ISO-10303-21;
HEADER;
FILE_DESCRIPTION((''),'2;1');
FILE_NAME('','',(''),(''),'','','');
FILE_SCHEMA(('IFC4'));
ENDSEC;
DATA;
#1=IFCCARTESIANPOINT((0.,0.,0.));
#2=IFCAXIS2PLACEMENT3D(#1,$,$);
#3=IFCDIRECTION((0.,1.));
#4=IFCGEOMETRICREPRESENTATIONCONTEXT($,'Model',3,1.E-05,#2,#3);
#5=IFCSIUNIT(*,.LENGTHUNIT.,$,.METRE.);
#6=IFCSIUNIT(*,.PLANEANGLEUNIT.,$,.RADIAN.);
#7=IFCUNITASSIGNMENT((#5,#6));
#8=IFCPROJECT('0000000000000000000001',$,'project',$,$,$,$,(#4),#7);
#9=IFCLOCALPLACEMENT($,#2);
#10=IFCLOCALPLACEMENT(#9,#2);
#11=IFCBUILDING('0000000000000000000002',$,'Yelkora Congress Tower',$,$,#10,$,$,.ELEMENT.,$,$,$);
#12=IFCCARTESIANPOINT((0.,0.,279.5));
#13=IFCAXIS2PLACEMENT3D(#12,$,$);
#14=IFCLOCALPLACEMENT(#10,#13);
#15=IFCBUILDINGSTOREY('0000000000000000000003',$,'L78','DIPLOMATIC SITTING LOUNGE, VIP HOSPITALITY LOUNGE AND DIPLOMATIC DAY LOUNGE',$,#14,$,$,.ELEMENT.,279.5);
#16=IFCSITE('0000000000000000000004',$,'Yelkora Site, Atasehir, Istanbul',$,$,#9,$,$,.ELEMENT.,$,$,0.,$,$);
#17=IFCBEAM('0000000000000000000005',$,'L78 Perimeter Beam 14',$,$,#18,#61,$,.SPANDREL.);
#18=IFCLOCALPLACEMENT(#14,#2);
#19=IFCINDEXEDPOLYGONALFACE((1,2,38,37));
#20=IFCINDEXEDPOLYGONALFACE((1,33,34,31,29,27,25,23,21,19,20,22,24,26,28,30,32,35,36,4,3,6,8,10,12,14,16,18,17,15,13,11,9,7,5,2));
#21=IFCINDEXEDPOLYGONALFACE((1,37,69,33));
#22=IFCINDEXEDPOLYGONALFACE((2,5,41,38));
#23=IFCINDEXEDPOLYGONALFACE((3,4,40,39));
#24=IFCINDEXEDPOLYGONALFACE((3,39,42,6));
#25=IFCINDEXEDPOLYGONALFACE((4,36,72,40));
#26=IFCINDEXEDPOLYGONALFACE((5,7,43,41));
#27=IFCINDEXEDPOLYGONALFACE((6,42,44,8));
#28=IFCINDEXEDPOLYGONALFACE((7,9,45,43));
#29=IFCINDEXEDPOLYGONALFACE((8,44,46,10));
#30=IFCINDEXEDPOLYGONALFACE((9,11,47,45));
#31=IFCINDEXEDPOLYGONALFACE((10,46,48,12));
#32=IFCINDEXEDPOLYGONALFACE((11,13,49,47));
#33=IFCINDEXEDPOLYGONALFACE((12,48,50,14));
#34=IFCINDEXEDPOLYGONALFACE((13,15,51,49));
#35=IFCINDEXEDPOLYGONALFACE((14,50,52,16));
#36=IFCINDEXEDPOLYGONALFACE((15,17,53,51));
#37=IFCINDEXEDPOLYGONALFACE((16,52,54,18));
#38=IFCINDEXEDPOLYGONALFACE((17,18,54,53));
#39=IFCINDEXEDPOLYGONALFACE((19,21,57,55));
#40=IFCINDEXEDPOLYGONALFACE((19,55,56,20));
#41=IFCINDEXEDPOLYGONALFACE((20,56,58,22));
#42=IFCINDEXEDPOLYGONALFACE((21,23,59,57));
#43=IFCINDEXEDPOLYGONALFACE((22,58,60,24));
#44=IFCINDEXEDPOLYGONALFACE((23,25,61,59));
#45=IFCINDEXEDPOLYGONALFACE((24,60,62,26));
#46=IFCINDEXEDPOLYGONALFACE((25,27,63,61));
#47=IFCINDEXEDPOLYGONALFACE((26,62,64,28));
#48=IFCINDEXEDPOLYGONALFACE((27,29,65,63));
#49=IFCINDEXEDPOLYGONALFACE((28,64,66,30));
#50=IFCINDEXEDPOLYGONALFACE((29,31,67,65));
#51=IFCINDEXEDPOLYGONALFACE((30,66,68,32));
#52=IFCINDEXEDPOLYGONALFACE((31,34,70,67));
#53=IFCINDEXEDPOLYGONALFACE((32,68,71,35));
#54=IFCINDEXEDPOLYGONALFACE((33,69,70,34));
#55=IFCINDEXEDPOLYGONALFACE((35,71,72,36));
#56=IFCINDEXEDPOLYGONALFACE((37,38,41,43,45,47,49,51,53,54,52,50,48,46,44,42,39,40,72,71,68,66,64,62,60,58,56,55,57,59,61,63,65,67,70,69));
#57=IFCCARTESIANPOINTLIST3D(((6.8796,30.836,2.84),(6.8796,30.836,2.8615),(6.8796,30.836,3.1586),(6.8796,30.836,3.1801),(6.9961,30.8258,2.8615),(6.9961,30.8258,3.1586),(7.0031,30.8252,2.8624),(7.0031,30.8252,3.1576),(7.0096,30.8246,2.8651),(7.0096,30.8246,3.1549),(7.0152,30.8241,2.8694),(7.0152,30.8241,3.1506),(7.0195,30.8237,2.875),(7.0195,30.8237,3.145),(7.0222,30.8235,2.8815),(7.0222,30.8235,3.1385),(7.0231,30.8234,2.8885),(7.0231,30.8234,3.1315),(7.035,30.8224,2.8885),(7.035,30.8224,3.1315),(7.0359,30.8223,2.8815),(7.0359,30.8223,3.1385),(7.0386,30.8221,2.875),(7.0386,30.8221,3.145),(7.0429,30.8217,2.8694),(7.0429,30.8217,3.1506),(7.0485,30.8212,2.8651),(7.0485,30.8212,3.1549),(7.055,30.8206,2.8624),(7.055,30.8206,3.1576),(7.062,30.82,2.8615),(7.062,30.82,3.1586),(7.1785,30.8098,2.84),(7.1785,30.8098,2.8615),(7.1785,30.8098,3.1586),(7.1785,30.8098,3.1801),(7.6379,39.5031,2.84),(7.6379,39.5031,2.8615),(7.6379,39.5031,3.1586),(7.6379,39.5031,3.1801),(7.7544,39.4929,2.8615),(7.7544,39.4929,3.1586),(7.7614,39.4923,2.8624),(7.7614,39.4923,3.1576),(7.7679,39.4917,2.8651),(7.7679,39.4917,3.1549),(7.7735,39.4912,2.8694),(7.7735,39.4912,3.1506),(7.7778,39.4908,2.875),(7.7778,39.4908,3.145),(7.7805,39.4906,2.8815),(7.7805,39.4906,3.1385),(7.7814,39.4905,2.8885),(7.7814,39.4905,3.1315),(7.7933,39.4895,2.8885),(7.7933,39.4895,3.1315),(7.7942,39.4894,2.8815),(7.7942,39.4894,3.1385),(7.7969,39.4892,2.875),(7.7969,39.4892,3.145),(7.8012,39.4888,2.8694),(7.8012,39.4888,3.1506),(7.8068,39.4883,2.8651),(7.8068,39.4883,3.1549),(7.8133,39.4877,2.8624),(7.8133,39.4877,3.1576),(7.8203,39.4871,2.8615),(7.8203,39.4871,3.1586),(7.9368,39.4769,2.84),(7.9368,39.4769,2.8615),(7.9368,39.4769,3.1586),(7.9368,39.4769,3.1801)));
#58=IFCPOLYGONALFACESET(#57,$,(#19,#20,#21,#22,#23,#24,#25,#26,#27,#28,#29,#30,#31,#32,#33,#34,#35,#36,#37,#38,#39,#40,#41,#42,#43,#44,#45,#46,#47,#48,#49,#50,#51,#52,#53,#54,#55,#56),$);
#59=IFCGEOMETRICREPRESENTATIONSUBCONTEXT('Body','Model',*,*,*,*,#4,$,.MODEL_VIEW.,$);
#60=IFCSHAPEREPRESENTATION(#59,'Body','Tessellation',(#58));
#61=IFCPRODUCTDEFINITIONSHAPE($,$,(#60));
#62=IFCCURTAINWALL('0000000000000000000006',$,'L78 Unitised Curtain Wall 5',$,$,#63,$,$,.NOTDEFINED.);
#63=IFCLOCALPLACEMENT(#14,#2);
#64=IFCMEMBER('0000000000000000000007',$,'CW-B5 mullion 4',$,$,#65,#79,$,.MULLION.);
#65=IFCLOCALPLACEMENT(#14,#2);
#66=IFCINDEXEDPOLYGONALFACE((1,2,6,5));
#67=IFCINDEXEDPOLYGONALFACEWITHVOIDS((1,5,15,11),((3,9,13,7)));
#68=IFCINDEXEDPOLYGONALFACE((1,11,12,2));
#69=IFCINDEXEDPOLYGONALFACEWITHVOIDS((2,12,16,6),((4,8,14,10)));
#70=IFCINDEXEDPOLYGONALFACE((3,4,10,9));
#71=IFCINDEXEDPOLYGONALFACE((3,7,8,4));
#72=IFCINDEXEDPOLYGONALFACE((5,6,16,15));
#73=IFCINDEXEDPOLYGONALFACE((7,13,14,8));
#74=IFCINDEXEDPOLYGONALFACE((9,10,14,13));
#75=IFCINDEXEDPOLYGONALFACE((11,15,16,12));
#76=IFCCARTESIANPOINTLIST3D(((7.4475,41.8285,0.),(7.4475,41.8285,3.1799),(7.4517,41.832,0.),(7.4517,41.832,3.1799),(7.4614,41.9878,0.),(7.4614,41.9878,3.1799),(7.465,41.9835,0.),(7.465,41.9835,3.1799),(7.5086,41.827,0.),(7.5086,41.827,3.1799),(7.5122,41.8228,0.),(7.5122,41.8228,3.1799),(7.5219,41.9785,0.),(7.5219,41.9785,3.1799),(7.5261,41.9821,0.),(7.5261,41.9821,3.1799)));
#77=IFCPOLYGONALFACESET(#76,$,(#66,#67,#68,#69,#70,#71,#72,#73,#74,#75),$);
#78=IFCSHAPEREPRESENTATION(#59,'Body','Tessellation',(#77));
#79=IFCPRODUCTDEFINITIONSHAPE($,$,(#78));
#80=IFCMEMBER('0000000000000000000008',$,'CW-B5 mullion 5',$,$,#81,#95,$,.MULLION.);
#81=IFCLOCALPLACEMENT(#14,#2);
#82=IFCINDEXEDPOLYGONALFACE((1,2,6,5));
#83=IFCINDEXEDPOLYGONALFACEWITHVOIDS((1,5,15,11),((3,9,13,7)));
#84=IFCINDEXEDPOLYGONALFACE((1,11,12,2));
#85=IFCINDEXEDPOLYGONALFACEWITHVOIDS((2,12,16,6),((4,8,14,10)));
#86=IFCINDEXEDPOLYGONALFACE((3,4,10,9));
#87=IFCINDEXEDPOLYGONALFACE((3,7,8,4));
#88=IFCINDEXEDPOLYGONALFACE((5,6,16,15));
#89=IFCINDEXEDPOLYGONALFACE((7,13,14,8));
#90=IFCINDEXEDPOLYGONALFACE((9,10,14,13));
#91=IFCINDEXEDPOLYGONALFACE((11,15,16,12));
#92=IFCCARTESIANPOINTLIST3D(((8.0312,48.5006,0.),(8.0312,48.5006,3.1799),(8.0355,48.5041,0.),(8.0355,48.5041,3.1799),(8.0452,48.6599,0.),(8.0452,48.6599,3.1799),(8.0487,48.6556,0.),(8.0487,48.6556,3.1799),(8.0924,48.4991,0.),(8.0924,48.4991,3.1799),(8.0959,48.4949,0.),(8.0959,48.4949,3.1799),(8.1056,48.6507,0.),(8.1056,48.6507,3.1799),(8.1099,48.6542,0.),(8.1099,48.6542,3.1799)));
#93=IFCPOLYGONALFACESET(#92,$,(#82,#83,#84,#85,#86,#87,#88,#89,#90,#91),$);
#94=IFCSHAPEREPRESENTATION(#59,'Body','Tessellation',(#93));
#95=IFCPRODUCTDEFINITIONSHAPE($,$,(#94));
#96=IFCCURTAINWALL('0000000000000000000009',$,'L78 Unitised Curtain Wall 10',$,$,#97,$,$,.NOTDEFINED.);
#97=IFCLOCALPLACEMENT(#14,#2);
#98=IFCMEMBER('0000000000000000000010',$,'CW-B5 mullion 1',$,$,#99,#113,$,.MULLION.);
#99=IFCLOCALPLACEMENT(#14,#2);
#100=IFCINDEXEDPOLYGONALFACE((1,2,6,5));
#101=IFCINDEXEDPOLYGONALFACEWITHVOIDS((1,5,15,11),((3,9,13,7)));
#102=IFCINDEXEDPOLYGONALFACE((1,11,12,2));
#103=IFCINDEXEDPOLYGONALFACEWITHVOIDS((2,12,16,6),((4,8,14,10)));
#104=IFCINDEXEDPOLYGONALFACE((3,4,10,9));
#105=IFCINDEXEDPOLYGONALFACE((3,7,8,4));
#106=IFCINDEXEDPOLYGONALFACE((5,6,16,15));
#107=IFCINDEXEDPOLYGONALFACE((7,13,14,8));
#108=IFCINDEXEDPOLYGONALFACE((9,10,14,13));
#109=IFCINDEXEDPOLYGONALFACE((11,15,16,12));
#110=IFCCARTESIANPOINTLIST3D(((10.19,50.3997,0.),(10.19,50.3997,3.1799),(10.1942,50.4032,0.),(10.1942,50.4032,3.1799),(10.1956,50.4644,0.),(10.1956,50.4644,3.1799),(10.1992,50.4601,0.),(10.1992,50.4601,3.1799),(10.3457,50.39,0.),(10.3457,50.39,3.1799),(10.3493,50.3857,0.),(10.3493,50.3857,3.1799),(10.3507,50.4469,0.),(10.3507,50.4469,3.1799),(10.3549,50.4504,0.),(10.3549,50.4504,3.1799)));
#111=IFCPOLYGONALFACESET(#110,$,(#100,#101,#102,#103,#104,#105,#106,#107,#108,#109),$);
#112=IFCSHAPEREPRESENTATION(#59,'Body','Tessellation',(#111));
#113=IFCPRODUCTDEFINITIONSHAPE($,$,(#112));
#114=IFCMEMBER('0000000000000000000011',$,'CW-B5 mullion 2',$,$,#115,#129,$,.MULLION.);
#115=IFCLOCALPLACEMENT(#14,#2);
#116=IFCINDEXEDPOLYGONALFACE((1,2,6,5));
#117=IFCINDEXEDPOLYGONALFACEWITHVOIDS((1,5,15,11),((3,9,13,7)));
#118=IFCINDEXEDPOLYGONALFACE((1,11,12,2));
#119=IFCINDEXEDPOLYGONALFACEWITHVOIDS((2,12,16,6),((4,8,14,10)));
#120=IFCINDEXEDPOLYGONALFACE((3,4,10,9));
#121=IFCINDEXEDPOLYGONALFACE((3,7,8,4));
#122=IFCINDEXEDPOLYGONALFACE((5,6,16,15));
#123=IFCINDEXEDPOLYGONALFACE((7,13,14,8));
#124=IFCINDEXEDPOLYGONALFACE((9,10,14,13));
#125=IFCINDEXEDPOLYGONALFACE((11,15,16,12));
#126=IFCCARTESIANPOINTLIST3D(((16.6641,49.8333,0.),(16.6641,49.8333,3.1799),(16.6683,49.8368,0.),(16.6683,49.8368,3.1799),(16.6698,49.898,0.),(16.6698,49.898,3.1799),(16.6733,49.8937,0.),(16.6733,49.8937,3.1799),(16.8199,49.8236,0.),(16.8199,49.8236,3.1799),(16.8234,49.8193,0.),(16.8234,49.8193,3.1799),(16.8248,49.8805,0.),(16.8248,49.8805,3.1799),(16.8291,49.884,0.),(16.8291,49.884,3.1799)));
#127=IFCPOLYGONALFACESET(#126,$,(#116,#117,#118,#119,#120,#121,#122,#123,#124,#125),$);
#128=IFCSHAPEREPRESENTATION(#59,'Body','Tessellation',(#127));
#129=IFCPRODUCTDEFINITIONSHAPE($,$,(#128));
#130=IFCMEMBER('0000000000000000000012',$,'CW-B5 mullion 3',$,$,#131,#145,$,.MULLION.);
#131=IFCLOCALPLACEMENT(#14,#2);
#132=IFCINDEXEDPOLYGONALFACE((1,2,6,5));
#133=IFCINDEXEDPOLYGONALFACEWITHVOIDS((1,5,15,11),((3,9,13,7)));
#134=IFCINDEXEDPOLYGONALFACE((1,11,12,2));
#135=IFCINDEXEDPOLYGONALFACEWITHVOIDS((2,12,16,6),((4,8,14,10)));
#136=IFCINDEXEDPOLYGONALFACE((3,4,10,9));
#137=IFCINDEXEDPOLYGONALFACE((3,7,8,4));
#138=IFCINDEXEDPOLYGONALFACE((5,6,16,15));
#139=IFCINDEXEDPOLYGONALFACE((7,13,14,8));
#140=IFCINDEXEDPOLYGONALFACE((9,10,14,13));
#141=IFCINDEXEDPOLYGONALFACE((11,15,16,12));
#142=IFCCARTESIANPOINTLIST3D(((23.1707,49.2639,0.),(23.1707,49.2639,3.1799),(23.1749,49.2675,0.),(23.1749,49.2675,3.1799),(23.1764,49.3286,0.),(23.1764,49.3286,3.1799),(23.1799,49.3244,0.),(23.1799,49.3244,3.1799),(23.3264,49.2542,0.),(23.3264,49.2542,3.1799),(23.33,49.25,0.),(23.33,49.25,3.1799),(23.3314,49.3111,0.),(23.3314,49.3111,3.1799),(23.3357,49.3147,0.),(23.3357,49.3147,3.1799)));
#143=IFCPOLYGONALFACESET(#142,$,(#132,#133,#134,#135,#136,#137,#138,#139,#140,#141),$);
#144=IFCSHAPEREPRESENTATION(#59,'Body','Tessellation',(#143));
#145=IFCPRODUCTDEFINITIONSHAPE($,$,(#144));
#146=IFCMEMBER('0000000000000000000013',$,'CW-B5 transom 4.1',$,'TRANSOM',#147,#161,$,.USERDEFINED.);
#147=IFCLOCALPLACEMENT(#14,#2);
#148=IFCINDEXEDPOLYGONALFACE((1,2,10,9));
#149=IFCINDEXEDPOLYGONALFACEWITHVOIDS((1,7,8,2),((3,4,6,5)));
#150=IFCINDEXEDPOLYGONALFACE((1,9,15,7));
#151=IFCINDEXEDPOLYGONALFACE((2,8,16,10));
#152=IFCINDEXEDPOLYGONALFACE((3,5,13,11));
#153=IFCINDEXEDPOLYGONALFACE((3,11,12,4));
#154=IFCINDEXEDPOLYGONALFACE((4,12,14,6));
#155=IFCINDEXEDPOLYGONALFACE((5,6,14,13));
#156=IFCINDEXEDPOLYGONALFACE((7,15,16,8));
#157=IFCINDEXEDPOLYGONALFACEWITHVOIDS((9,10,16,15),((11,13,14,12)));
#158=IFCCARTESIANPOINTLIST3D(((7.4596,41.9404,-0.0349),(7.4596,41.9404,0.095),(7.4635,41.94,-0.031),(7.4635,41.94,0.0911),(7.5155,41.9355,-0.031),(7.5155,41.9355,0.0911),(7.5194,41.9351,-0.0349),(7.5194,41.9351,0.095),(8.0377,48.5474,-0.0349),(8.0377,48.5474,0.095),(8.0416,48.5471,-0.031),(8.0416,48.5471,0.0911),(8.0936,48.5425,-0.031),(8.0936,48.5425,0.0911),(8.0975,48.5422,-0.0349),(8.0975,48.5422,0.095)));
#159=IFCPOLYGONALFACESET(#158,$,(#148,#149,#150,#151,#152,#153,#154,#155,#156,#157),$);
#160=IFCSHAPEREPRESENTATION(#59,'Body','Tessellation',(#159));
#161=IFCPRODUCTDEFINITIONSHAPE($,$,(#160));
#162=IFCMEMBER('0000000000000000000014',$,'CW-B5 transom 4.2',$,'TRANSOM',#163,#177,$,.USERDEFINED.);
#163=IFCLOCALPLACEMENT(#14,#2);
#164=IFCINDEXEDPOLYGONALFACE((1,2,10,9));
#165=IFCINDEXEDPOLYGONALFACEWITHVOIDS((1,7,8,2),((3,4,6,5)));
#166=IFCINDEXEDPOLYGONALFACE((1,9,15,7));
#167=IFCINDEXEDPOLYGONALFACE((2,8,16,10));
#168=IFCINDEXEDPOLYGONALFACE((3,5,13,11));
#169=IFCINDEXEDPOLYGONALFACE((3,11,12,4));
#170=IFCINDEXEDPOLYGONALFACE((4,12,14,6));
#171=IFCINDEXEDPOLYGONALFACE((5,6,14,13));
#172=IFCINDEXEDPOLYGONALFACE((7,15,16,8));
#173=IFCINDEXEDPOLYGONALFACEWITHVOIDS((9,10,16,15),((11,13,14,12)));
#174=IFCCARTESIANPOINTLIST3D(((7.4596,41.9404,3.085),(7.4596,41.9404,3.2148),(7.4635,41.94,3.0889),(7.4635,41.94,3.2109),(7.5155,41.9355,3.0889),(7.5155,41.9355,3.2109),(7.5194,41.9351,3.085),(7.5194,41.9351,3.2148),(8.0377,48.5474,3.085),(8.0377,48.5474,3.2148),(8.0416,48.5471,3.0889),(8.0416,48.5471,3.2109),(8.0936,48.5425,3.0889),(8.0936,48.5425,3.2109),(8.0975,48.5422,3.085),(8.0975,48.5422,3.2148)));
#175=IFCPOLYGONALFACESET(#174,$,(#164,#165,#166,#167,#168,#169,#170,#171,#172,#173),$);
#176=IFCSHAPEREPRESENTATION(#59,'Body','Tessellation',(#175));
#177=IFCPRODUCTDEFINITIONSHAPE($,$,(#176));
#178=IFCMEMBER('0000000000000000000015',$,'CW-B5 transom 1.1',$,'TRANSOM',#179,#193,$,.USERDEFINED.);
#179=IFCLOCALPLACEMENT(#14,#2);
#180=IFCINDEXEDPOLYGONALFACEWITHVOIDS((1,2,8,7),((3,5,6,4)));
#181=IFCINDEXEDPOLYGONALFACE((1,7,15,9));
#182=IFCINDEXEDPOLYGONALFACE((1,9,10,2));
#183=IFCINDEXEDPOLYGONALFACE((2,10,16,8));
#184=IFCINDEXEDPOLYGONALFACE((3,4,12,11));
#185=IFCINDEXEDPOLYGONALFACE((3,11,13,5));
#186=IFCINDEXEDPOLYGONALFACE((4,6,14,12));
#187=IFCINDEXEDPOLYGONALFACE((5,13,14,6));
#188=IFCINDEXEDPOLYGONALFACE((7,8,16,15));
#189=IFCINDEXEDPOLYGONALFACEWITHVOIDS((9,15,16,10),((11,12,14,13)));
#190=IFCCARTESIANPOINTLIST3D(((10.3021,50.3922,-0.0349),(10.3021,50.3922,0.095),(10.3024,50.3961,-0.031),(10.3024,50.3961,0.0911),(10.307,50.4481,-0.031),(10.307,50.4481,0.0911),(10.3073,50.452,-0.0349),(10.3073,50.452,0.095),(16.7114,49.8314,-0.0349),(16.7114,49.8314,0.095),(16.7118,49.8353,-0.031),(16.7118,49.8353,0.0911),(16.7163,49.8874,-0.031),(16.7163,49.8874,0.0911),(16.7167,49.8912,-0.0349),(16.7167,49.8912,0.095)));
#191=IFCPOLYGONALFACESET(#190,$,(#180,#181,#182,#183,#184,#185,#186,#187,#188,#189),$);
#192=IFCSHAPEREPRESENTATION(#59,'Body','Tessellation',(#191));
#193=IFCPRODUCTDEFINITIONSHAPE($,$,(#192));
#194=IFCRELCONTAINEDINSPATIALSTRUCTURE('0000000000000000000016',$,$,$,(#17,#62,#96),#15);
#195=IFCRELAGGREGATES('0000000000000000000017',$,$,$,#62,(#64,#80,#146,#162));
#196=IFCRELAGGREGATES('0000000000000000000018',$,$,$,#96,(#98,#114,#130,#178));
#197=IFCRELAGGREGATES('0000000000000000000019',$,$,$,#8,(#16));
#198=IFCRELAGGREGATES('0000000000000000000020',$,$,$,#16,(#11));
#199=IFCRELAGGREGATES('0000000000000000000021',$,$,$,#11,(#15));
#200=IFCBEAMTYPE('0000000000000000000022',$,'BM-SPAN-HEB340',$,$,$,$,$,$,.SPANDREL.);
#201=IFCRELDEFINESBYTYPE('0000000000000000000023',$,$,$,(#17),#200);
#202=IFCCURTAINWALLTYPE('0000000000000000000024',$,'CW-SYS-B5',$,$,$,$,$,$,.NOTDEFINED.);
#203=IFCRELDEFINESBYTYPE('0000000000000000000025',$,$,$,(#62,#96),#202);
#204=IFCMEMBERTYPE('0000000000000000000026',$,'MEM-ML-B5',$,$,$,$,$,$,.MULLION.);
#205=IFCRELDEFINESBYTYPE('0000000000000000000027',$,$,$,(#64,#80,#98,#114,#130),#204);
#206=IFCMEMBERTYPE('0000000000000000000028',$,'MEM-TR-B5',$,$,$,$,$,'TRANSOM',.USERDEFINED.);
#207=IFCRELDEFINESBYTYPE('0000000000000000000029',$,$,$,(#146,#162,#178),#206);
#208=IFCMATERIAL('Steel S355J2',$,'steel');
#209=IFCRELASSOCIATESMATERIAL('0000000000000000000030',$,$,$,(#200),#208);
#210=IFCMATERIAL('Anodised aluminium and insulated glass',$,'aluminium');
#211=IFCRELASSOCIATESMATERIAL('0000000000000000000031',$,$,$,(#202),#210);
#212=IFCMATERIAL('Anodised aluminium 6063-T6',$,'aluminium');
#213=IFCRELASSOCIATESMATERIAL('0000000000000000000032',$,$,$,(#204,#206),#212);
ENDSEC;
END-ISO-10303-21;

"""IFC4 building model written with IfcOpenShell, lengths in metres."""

from ifc_helpers import new_model, si_unit, direction, frame, origin, origin_2d, place, context, subcontext, project, spatial, hollow_rectangle, i_section, extrude, material, material_profile, profile_set, type_object, element, aggregate, save


model = new_model("IFC4")

# Units and contexts
model_context = context("Model", 3, precision=1e-05, world=origin(), true_north=direction((0.0, 1.0)))
body_context = subcontext(model_context, "Body", "Model", "MODEL_VIEW")
ifc_project = project(units=[si_unit("LENGTHUNIT", "METRE"), si_unit("PLANEANGLEUNIT", "RADIAN")], contexts=[model_context])

# Site, building, storey
site_placement = place(None, origin())
site = spatial("IfcSite", under=ifc_project, at=site_placement, Name="Yelkora Site, Atasehir, Istanbul", CompositionType="ELEMENT", RefElevation=0.0)
building_placement = place(site_placement, origin())
building = spatial("IfcBuilding", under=site, at=building_placement, Name="Yelkora Congress Tower", CompositionType="ELEMENT")
storey_placement = place(building_placement, frame((0.0, 0.0, 279.5)))
storey = spatial("IfcBuildingStorey", under=building, at=storey_placement, Name="L78", Description="DIPLOMATIC SITTING LOUNGE, VIP HOSPITALITY LOUNGE AND DIPLOMATIC DAY LOUNGE", CompositionType="ELEMENT", Elevation=279.5)

# Shared definitions
ifc_material_1 = material(Name="Steel S355J2", Category="steel")

# Beam
ifc_material_profile_1 = material_profile(ifc_material_1, i_section(OverallWidth=0.3, OverallDepth=0.3401, WebThickness=0.012, FlangeThickness=0.0215, FilletRadius=0.0271, at=origin_2d()), Name="HEB 340")
ifc_profile_set_1 = profile_set([ifc_material_profile_1], Name="Steel S355J2")
beam_type_1 = type_object("IfcBeamType", Name="BM-SPAN-HEB340", PredefinedType="SPANDREL", material=ifc_profile_set_1)
beam_1_placement = place(storey_placement, frame((7.7874, 39.49, 3.01), z_axis=(-0.08716, -0.996194, 0.0), x_axis=(0.996194, -0.08716, 0.0)))
element("IfcBeam", 1, at=beam_1_placement, inside=storey, type_object=beam_type_1, Name="L78 Perimeter Beam 14", PredefinedType="SPANDREL", context=body_context, shape_type="SweptSolid", body=[
    extrude(i_section(OverallWidth=0.3, OverallDepth=0.3401, WebThickness=0.012, FlangeThickness=0.0215, FilletRadius=0.0271, at=origin_2d()), origin(), (0.0, 0.0, 1.0), 8.7002),
])

# Curtain walls, members
ifc_material_2 = material(Name="Anodised aluminium and insulated glass", Category="aluminium")
curtain_wall_type = type_object("IfcCurtainWallType", Name="CW-SYS-B5", PredefinedType="NOTDEFINED", material=ifc_material_2)
curtain_wall_1_placement = place(storey_placement, origin())
curtain_wall_1 = element("IfcCurtainWall", 2, at=curtain_wall_1_placement, inside=storey, type_object=curtain_wall_type, Name="L78 Unitised Curtain Wall 5", PredefinedType="NOTDEFINED")
ifc_material_3 = material(Name="Anodised aluminium 6063-T6", Category="aluminium")
ifc_material_profile_2 = material_profile(ifc_material_3, hollow_rectangle(XDim=0.0649, YDim=0.1599, WallThickness=0.0039, at=origin_2d()), Name="ALU 65x160x4")
ifc_profile_set_2 = profile_set([ifc_material_profile_2], Name="Anodised aluminium 6063-T6")
member_type_1 = type_object("IfcMemberType", Name="MEM-ML-B5", PredefinedType="MULLION", material=ifc_profile_set_2)
member_1_placement = place(storey_placement, frame((7.4868, 41.9053, 0.0), z_axis=(0.0, 0.0, 1.0), x_axis=(-0.996195, 0.087155, 0.0)))
member_1 = element("IfcMember", 3, at=member_1_placement, type_object=member_type_1, Name="CW-B5 mullion 4", PredefinedType="MULLION", context=body_context, shape_type="SweptSolid", body=[
    extrude(hollow_rectangle(XDim=0.0649, YDim=0.1599, WallThickness=0.0039, at=origin_2d()), origin(), (0.0, 0.0, 1.0), 3.1799),
])
member_2_placement = place(storey_placement, frame((8.0706, 48.5774, 0.0), z_axis=(0.0, 0.0, 1.0), x_axis=(-0.996195, 0.087155, 0.0)))
member_2 = element("IfcMember", 4, at=member_2_placement, type_object=member_type_1, Name="CW-B5 mullion 5", PredefinedType="MULLION", context=body_context, shape_type="SweptSolid", body=[
    extrude(hollow_rectangle(XDim=0.0649, YDim=0.1599, WallThickness=0.0039, at=origin_2d()), origin(), (0.0, 0.0, 1.0), 3.1799),
])
curtain_wall_2_placement = place(storey_placement, origin())
curtain_wall_2 = element("IfcCurtainWall", 5, at=curtain_wall_2_placement, inside=storey, type_object=curtain_wall_type, Name="L78 Unitised Curtain Wall 10", PredefinedType="NOTDEFINED")
member_3_placement = place(storey_placement, frame((10.2725, 50.425, 0.0), z_axis=(0.0, 0.0, 1.0), x_axis=(0.087157, 0.996195, 0.0)))
member_3 = element("IfcMember", 6, at=member_3_placement, type_object=member_type_1, Name="CW-B5 mullion 1", PredefinedType="MULLION", context=body_context, shape_type="SweptSolid", body=[
    extrude(hollow_rectangle(XDim=0.0649, YDim=0.1599, WallThickness=0.0039, at=origin_2d()), origin(), (0.0, 0.0, 1.0), 3.1799),
])
member_4_placement = place(storey_placement, frame((16.7466, 49.8586, 0.0), z_axis=(0.0, 0.0, 1.0), x_axis=(0.087157, 0.996195, 0.0)))
member_4 = element("IfcMember", 7, at=member_4_placement, type_object=member_type_1, Name="CW-B5 mullion 2", PredefinedType="MULLION", context=body_context, shape_type="SweptSolid", body=[
    extrude(hollow_rectangle(XDim=0.0649, YDim=0.1599, WallThickness=0.0039, at=origin_2d()), origin(), (0.0, 0.0, 1.0), 3.1799),
])
member_5_placement = place(storey_placement, frame((23.2532, 49.2893, 0.0), z_axis=(0.0, 0.0, 1.0), x_axis=(0.087157, 0.996195, 0.0)))
member_5 = element("IfcMember", 8, at=member_5_placement, type_object=member_type_1, Name="CW-B5 mullion 3", PredefinedType="MULLION", context=body_context, shape_type="SweptSolid", body=[
    extrude(hollow_rectangle(XDim=0.0649, YDim=0.1599, WallThickness=0.0039, at=origin_2d()), origin(), (0.0, 0.0, 1.0), 3.1799),
])

# Members
ifc_material_profile_3 = material_profile(ifc_material_3, hollow_rectangle(XDim=0.0601, YDim=0.1299, WallThickness=0.0039, at=origin_2d()), Name="ALU 60x130x4")
ifc_profile_set_3 = profile_set([ifc_material_profile_3], Name="Anodised aluminium 6063-T6")
member_type_2 = type_object("IfcMemberType", Name="MEM-TR-B5", ElementType="TRANSOM", PredefinedType="USERDEFINED", material=ifc_profile_set_3)
member_6_placement = place(storey_placement, frame((7.4895, 41.9377, 0.03), z_axis=(0.087166, 0.996194, 0.0), x_axis=(-0.996194, 0.087166, 0.0)))
member_6 = element("IfcMember", 9, at=member_6_placement, type_object=member_type_2, Name="CW-B5 transom 4.1", ObjectType="TRANSOM", PredefinedType="USERDEFINED", context=body_context, shape_type="SweptSolid", body=[
    extrude(hollow_rectangle(XDim=0.0601, YDim=0.1299, WallThickness=0.0039, at=origin_2d()), origin(), (0.0, 0.0, 1.0), 6.6323),
])
member_7_placement = place(storey_placement, frame((7.4895, 41.9377, 3.1499), z_axis=(0.087166, 0.996194, 0.0), x_axis=(-0.996194, 0.087166, 0.0)))
member_7 = element("IfcMember", 10, at=member_7_placement, type_object=member_type_2, Name="CW-B5 transom 4.2", ObjectType="TRANSOM", PredefinedType="USERDEFINED", context=body_context, shape_type="SweptSolid", body=[
    extrude(hollow_rectangle(XDim=0.0601, YDim=0.1299, WallThickness=0.0039, at=origin_2d()), origin(), (0.0, 0.0, 1.0), 6.6323),
])
member_8_placement = place(storey_placement, frame((10.3047, 50.4221, 0.03), z_axis=(0.996194, -0.087162, 0.0), x_axis=(0.087162, 0.996194, 0.0)))
member_8 = element("IfcMember", 11, at=member_8_placement, type_object=member_type_2, Name="CW-B5 transom 1.1", ObjectType="TRANSOM", PredefinedType="USERDEFINED", context=body_context, shape_type="SweptSolid", body=[
    extrude(hollow_rectangle(XDim=0.0601, YDim=0.1299, WallThickness=0.0039, at=origin_2d()), origin(), (0.0, 0.0, 1.0), 6.4338),
])

aggregate(curtain_wall_1, [member_1, member_2, member_6, member_7])
aggregate(curtain_wall_2, [member_3, member_4, member_5, member_8])

save(model, "model.ifc")
